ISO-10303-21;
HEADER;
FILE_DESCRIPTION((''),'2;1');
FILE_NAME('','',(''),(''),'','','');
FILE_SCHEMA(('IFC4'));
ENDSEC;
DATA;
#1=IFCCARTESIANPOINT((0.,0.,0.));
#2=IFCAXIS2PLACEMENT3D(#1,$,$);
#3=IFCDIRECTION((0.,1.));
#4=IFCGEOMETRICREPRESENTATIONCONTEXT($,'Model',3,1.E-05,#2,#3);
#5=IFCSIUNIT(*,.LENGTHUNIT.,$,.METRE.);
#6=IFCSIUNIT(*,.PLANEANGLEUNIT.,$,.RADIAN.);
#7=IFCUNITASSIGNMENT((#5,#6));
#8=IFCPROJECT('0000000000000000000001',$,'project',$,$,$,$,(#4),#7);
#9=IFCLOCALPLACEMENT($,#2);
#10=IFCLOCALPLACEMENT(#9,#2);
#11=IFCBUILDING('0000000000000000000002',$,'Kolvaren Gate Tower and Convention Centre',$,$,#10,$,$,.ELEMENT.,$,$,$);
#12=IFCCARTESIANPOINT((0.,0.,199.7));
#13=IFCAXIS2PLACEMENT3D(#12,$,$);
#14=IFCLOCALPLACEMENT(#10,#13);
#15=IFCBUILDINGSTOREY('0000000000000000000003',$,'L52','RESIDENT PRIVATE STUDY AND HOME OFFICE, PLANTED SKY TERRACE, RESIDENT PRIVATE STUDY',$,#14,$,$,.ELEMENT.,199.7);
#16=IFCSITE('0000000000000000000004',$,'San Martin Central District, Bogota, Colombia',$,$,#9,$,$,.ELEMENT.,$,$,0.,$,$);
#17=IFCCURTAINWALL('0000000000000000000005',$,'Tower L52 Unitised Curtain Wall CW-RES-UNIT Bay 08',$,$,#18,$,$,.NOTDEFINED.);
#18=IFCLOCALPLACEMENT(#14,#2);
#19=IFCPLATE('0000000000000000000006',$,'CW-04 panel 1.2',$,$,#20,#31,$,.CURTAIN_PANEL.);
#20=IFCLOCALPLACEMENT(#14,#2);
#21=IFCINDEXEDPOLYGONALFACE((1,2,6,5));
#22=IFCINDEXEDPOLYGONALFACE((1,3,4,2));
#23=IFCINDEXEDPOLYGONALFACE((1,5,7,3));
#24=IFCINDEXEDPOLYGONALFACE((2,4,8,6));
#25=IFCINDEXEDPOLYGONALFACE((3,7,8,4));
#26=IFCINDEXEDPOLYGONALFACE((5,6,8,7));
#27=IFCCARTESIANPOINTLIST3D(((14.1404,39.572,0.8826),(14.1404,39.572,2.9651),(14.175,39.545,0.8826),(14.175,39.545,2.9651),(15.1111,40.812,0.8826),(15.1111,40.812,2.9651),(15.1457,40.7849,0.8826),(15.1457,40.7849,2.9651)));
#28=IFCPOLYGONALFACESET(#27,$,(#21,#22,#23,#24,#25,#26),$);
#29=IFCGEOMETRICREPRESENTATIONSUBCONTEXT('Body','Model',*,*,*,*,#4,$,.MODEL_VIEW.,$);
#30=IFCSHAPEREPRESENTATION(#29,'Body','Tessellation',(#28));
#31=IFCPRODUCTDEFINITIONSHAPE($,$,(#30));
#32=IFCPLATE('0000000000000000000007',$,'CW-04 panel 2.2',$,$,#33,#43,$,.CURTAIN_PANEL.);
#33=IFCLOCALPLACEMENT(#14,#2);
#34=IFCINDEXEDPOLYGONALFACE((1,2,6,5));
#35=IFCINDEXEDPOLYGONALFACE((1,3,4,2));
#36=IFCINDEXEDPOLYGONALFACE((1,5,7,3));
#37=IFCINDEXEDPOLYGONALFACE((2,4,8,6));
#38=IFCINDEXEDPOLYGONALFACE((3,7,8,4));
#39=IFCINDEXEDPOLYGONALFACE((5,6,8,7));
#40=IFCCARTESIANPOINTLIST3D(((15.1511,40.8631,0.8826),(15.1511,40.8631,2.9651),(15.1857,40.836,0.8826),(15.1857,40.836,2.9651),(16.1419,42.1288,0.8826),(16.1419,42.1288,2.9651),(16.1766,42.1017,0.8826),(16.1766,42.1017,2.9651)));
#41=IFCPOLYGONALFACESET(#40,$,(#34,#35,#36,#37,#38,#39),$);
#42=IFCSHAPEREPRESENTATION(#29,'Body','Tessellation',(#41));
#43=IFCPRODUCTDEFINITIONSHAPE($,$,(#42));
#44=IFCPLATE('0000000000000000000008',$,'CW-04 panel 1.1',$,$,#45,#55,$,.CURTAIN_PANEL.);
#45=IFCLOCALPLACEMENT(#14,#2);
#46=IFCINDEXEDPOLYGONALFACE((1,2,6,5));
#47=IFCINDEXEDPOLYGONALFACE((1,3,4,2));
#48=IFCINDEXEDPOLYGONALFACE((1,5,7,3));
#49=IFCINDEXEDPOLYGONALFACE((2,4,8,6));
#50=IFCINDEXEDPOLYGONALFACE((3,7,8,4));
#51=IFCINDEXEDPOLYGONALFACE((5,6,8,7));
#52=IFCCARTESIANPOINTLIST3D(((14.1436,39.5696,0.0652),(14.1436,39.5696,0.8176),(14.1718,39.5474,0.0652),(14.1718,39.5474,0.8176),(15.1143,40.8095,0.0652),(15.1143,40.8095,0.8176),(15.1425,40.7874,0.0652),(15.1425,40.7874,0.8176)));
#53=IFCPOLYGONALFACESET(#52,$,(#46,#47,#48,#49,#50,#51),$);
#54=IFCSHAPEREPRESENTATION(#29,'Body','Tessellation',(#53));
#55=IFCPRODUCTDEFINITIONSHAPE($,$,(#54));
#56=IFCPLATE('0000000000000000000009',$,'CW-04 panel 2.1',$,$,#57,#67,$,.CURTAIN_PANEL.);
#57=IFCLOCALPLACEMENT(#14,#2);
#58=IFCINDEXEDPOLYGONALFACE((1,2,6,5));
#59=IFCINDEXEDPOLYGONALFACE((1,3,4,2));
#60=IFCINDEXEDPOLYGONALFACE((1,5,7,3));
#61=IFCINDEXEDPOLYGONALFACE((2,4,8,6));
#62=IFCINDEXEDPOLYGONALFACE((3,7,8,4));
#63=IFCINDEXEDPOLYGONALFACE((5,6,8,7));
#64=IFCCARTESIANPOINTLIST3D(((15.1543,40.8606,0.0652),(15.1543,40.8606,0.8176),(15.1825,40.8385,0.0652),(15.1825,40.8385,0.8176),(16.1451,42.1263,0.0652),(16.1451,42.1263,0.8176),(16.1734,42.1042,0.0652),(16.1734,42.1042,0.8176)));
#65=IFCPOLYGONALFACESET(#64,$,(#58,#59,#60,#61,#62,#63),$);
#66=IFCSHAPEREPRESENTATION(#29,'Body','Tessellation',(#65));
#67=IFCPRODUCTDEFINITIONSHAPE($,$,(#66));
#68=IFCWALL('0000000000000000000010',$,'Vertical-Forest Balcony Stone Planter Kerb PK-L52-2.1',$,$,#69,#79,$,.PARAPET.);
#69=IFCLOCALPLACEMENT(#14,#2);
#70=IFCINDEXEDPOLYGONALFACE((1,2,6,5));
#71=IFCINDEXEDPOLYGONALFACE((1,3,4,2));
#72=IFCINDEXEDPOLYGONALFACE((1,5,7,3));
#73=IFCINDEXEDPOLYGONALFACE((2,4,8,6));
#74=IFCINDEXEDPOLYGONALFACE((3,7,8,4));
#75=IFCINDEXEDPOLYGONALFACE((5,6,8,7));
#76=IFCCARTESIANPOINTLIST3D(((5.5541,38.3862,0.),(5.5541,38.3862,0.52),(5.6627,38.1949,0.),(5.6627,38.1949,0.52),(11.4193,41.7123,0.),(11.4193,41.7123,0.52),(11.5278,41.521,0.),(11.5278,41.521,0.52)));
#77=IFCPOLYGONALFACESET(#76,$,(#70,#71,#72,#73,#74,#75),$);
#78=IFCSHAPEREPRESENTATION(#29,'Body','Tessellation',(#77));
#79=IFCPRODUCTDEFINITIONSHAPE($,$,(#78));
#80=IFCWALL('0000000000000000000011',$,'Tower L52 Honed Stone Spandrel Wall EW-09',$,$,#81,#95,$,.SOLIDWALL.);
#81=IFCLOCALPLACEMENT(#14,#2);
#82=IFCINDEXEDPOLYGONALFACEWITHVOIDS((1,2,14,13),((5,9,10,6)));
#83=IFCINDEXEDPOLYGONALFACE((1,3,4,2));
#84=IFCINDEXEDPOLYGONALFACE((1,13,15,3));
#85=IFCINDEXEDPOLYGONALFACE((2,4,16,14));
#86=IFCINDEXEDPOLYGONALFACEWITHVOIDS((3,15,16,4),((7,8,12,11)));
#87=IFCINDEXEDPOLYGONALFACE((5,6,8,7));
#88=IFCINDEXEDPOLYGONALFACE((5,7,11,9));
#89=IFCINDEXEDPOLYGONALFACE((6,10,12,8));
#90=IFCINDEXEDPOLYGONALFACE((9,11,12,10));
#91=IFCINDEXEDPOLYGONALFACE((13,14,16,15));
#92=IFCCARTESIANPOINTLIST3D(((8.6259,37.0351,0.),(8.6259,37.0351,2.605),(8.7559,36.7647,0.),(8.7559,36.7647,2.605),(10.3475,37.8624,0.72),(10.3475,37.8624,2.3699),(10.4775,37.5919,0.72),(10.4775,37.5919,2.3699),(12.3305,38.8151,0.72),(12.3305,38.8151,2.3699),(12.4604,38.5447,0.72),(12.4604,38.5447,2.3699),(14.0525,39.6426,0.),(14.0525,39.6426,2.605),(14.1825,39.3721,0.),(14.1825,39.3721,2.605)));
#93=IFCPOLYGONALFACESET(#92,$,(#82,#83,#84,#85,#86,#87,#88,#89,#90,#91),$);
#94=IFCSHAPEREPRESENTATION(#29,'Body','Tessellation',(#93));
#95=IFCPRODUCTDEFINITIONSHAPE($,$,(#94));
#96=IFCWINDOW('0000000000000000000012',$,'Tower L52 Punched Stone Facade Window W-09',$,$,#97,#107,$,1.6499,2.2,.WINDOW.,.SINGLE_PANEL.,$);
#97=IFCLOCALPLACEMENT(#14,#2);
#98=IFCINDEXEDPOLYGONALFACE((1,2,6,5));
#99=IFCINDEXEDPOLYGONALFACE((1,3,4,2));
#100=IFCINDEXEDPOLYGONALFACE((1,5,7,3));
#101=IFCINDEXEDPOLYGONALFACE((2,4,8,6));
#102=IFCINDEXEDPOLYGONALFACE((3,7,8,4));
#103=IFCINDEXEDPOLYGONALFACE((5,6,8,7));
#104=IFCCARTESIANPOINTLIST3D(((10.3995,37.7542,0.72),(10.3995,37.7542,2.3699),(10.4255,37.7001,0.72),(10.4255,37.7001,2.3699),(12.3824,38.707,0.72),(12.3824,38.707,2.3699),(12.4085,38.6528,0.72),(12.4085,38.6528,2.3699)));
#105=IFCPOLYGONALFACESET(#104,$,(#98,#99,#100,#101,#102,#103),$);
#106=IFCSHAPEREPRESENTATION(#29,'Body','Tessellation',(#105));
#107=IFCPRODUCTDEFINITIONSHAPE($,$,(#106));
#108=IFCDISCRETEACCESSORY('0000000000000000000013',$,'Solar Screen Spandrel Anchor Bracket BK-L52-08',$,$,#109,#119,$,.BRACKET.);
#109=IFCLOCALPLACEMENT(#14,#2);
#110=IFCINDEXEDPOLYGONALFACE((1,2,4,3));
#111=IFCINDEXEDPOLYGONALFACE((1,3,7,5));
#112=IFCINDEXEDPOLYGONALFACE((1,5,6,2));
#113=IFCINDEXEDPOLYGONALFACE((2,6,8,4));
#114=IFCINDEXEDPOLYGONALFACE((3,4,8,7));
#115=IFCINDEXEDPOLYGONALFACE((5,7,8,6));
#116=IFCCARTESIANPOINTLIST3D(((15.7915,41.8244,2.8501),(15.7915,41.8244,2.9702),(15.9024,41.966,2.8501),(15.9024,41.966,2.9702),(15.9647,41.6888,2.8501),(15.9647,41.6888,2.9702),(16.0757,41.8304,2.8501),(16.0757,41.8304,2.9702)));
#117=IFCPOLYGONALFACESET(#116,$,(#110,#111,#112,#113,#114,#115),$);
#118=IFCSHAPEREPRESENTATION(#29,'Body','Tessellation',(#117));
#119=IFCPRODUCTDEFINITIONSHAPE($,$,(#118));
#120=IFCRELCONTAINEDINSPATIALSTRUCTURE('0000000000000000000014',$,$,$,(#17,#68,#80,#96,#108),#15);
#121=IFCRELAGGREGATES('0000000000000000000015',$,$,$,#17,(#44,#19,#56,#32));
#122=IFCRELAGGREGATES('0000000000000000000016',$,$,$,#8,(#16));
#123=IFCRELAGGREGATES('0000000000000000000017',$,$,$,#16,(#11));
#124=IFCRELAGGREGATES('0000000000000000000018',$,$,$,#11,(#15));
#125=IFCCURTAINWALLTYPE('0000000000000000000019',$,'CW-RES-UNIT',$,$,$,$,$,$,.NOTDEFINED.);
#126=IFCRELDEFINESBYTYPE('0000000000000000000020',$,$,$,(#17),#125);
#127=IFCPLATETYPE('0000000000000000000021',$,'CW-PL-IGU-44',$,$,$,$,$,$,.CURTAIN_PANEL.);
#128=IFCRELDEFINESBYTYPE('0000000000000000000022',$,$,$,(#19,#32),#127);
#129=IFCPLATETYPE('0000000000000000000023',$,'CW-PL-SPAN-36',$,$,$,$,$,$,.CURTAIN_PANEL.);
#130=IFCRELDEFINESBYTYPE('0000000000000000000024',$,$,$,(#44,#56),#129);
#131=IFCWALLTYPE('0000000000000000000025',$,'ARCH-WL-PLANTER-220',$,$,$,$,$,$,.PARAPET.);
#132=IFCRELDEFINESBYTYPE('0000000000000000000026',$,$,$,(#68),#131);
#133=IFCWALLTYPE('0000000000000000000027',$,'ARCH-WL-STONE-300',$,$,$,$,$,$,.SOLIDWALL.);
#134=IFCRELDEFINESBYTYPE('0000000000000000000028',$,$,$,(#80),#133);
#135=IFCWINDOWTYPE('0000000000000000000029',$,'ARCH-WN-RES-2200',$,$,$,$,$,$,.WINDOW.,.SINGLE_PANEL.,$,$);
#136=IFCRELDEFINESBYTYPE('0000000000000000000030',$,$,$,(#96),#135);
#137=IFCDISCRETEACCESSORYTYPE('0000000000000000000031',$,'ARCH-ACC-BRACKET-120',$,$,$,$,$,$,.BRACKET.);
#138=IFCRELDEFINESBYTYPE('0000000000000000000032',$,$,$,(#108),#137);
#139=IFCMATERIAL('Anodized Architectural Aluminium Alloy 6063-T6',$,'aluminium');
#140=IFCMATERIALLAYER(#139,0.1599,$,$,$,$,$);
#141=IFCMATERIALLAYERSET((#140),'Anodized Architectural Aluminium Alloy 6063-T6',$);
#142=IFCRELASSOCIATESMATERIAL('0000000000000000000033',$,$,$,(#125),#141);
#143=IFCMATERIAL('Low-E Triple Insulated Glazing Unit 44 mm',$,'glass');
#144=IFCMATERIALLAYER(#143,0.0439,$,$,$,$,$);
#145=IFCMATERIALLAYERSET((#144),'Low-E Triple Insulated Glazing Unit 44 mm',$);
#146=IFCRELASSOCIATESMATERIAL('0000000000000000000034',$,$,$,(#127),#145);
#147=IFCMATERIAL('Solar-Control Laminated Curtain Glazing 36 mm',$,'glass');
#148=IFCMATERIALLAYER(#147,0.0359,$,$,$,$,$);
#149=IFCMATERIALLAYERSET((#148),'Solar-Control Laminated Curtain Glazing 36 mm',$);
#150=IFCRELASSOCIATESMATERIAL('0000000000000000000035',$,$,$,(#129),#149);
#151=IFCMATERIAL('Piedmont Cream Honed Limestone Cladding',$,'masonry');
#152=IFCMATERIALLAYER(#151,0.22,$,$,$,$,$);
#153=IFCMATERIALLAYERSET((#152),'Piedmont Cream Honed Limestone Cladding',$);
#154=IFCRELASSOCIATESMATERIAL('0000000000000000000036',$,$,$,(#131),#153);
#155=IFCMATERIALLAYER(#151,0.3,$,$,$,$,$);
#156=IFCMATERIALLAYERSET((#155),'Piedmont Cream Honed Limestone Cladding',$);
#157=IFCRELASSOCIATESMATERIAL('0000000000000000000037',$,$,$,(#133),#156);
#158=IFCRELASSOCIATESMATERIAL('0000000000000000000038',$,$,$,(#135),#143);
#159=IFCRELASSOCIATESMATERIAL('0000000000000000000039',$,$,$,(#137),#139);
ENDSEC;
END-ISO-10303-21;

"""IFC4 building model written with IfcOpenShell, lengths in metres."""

from ifc_helpers import new_model, si_unit, direction, frame, frame_2d, origin, origin_2d, place, context, subcontext, project, spatial, rectangle, extrude, material, layer, layer_set, type_object, element, fill, aggregate, save


model = new_model("IFC4")

# Units and contexts
model_context = context("Model", 3, precision=1e-05, world=origin(), true_north=direction((0.0, 1.0)))
body_context = subcontext(model_context, "Body", "Model", "MODEL_VIEW")
ifc_project = project(units=[si_unit("LENGTHUNIT", "METRE"), si_unit("PLANEANGLEUNIT", "RADIAN")], contexts=[model_context])

# Site, building, storey
site_placement = place(None, origin())
site = spatial("IfcSite", under=ifc_project, at=site_placement, Name="San Martin Central District, Bogota, Colombia", CompositionType="ELEMENT", RefElevation=0.0)
building_placement = place(site_placement, origin())
building = spatial("IfcBuilding", under=site, at=building_placement, Name="Kolvaren Gate Tower and Convention Centre", CompositionType="ELEMENT")
storey_placement = place(building_placement, frame((0.0, 0.0, 199.7)))
storey = spatial("IfcBuildingStorey", under=building, at=storey_placement, Name="L52", Description="RESIDENT PRIVATE STUDY AND HOME OFFICE, PLANTED SKY TERRACE, RESIDENT PRIVATE STUDY", CompositionType="ELEMENT", Elevation=199.7)

# Curtain wall
ifc_material_1 = material(Name="Anodized Architectural Aluminium Alloy 6063-T6", Category="aluminium")
ifc_layer_1 = layer(ifc_material_1, 0.1599)
ifc_layer_set_1 = layer_set([ifc_layer_1], Name="Anodized Architectural Aluminium Alloy 6063-T6")
curtain_wall_type = type_object("IfcCurtainWallType", Name="CW-RES-UNIT", PredefinedType="NOTDEFINED", material=ifc_layer_set_1)
curtain_wall_placement = place(storey_placement, origin())
curtain_wall = element("IfcCurtainWall", 1, at=curtain_wall_placement, inside=storey, type_object=curtain_wall_type, Name="Tower L52 Unitised Curtain Wall CW-RES-UNIT Bay 08", PredefinedType="NOTDEFINED")

# Plates
ifc_material_2 = material(Name="Low-E Triple Insulated Glazing Unit 44 mm", Category="glass")
ifc_layer_2 = layer(ifc_material_2, 0.0439)
ifc_layer_set_2 = layer_set([ifc_layer_2], Name="Low-E Triple Insulated Glazing Unit 44 mm")
plate_type_1 = type_object("IfcPlateType", Name="CW-PL-IGU-44", PredefinedType="CURTAIN_PANEL", material=ifc_layer_set_2)
plate_1_placement = place(storey_placement, frame((14.6431, 40.1785, 0.8826), z_axis=(0.0, 0.0, 1.0), x_axis=(0.61643, 0.78741, 0.0)))
plate_1 = element("IfcPlate", 2, at=plate_1_placement, type_object=plate_type_1, Name="CW-04 panel 1.2", PredefinedType="CURTAIN_PANEL", context=body_context, shape_type="SweptSolid", body=[
    extrude(rectangle(XDim=1.5747, YDim=0.0439, at=origin_2d()), origin(), (0.0, 0.0, 1.0), 2.0825),
])
plate_2_placement = place(storey_placement, frame((15.6638, 41.4824, 0.8826), z_axis=(0.0, 0.0, 1.0), x_axis=(0.61643, 0.78741, 0.0)))
plate_2 = element("IfcPlate", 3, at=plate_2_placement, type_object=plate_type_1, Name="CW-04 panel 2.2", PredefinedType="CURTAIN_PANEL", context=body_context, shape_type="SweptSolid", body=[
    extrude(rectangle(XDim=1.6074, YDim=0.0439, at=origin_2d()), origin(), (0.0, 0.0, 1.0), 2.0825),
])
ifc_material_3 = material(Name="Solar-Control Laminated Curtain Glazing 36 mm", Category="glass")
ifc_layer_3 = layer(ifc_material_3, 0.0359)
ifc_layer_set_3 = layer_set([ifc_layer_3], Name="Solar-Control Laminated Curtain Glazing 36 mm")
plate_type_2 = type_object("IfcPlateType", Name="CW-PL-SPAN-36", PredefinedType="CURTAIN_PANEL", material=ifc_layer_set_3)
plate_3_placement = place(storey_placement, frame((14.6431, 40.1785, 0.0652), z_axis=(0.0, 0.0, 1.0), x_axis=(0.61643, 0.78741, 0.0)))
plate_3 = element("IfcPlate", 4, at=plate_3_placement, type_object=plate_type_2, Name="CW-04 panel 1.1", PredefinedType="CURTAIN_PANEL", context=body_context, shape_type="SweptSolid", body=[
    extrude(rectangle(XDim=1.5747, YDim=0.0359, at=origin_2d()), origin(), (0.0, 0.0, 1.0), 0.7524),
])
plate_4_placement = place(storey_placement, frame((15.6638, 41.4824, 0.0652), z_axis=(0.0, 0.0, 1.0), x_axis=(0.61643, 0.78741, 0.0)))
plate_4 = element("IfcPlate", 5, at=plate_4_placement, type_object=plate_type_2, Name="CW-04 panel 2.1", PredefinedType="CURTAIN_PANEL", context=body_context, shape_type="SweptSolid", body=[
    extrude(rectangle(XDim=1.6074, YDim=0.0359, at=origin_2d()), origin(), (0.0, 0.0, 1.0), 0.7524),
])
aggregate(curtain_wall, [plate_3, plate_1, plate_4, plate_2])

# Wall
ifc_material_4 = material(Name="Piedmont Cream Honed Limestone Cladding", Category="masonry")
ifc_layer_4 = layer(ifc_material_4, 0.22)
ifc_layer_set_4 = layer_set([ifc_layer_4], Name="Piedmont Cream Honed Limestone Cladding")
wall_type_1 = type_object("IfcWallType", Name="ARCH-WL-PLANTER-220", PredefinedType="PARAPET", material=ifc_layer_set_4)
wall_1_placement = place(storey_placement, frame((5.6084, 38.2905, 0.0), z_axis=(0.0, 0.0, 1.0), x_axis=(0.869861, 0.493298, 0.0)))
element("IfcWall", 6, at=wall_1_placement, inside=storey, type_object=wall_type_1, Name="Vertical-Forest Balcony Stone Planter Kerb PK-L52-2.1", PredefinedType="PARAPET", context=body_context, shape_type="SweptSolid", body=[
    extrude(rectangle(XDim=6.7427, YDim=0.22, at=frame_2d((3.3713, 0.0))), origin(), (0.0, 0.0, 1.0), 0.52),
])

# Wall, opening, window
ifc_layer_5 = layer(ifc_material_4, 0.3)
ifc_layer_set_5 = layer_set([ifc_layer_5], Name="Piedmont Cream Honed Limestone Cladding")
wall_type_2 = type_object("IfcWallType", Name="ARCH-WL-STONE-300", PredefinedType="SOLIDWALL", material=ifc_layer_set_5)
wall_2_placement = place(storey_placement, frame((8.6909, 36.8999, 0.0), z_axis=(0.0, 0.0, 1.0), x_axis=(0.901348, 0.433095, 0.0)))
wall_2 = element("IfcWall", 7, at=wall_2_placement, inside=storey, type_object=wall_type_2, Name="Tower L52 Honed Stone Spandrel Wall EW-09", PredefinedType="SOLIDWALL", context=body_context, shape_type="SweptSolid", body=[
    extrude(rectangle(XDim=6.0205, YDim=0.3, at=frame_2d((3.0103, 0.0))), origin(), (0.0, 0.0, 1.0), 2.605),
])
opening_placement = place(wall_2_placement, frame((1.9099, 0.0, 0.72)))
opening = element("IfcOpeningElement", 8, at=opening_placement, cuts=wall_2, PredefinedType="OPENING", context=body_context, shape_type="SweptSolid", body=[
    extrude(rectangle(XDim=2.2, YDim=1.6499, at=frame_2d((1.1001, 0.825))), frame((0.0, 0.1599, 0.0), z_axis=(0.0, -1.0, 0.0), x_axis=(1.0, 0.0, 0.0)), (0.0, 0.0, 1.0), 0.3201),
])
window_type = type_object("IfcWindowType", Name="ARCH-WN-RES-2200", PartitioningType="SINGLE_PANEL", PredefinedType="WINDOW", material=ifc_material_2)
window_placement = place(opening_placement, origin())
window = element("IfcWindow", 9, at=window_placement, inside=storey, type_object=window_type, Name="Tower L52 Punched Stone Facade Window W-09", OverallHeight=1.6499, OverallWidth=2.2, PartitioningType="SINGLE_PANEL", PredefinedType="WINDOW", context=body_context, shape_type="SweptSolid", body=[
    extrude(rectangle(XDim=2.2, YDim=1.6499, at=frame_2d((1.1001, 0.825))), frame((0.0, 0.03, 0.0), z_axis=(0.0, -1.0, 0.0), x_axis=(1.0, 0.0, 0.0)), (0.0, 0.0, 1.0), 0.0601),
])
fill(opening, window)

# Discrete accessory
discrete_accessory_type = type_object("IfcDiscreteAccessoryType", Name="ARCH-ACC-BRACKET-120", PredefinedType="BRACKET", material=ifc_material_1)
discrete_accessory_placement = place(storey_placement, frame((15.9336, 41.8274, 2.8501), z_axis=(0.0, 0.0, 1.0), x_axis=(0.616434, 0.787406, 0.0)))
element("IfcDiscreteAccessory", 10, at=discrete_accessory_placement, inside=storey, type_object=discrete_accessory_type, Name="Solar Screen Spandrel Anchor Bracket BK-L52-08", PredefinedType="BRACKET", context=body_context, shape_type="SweptSolid", body=[
    extrude(rectangle(XDim=0.1799, YDim=0.22, at=origin_2d()), origin(), (0.0, 0.0, 1.0), 0.1201),
])

save(model, "model.ifc")
